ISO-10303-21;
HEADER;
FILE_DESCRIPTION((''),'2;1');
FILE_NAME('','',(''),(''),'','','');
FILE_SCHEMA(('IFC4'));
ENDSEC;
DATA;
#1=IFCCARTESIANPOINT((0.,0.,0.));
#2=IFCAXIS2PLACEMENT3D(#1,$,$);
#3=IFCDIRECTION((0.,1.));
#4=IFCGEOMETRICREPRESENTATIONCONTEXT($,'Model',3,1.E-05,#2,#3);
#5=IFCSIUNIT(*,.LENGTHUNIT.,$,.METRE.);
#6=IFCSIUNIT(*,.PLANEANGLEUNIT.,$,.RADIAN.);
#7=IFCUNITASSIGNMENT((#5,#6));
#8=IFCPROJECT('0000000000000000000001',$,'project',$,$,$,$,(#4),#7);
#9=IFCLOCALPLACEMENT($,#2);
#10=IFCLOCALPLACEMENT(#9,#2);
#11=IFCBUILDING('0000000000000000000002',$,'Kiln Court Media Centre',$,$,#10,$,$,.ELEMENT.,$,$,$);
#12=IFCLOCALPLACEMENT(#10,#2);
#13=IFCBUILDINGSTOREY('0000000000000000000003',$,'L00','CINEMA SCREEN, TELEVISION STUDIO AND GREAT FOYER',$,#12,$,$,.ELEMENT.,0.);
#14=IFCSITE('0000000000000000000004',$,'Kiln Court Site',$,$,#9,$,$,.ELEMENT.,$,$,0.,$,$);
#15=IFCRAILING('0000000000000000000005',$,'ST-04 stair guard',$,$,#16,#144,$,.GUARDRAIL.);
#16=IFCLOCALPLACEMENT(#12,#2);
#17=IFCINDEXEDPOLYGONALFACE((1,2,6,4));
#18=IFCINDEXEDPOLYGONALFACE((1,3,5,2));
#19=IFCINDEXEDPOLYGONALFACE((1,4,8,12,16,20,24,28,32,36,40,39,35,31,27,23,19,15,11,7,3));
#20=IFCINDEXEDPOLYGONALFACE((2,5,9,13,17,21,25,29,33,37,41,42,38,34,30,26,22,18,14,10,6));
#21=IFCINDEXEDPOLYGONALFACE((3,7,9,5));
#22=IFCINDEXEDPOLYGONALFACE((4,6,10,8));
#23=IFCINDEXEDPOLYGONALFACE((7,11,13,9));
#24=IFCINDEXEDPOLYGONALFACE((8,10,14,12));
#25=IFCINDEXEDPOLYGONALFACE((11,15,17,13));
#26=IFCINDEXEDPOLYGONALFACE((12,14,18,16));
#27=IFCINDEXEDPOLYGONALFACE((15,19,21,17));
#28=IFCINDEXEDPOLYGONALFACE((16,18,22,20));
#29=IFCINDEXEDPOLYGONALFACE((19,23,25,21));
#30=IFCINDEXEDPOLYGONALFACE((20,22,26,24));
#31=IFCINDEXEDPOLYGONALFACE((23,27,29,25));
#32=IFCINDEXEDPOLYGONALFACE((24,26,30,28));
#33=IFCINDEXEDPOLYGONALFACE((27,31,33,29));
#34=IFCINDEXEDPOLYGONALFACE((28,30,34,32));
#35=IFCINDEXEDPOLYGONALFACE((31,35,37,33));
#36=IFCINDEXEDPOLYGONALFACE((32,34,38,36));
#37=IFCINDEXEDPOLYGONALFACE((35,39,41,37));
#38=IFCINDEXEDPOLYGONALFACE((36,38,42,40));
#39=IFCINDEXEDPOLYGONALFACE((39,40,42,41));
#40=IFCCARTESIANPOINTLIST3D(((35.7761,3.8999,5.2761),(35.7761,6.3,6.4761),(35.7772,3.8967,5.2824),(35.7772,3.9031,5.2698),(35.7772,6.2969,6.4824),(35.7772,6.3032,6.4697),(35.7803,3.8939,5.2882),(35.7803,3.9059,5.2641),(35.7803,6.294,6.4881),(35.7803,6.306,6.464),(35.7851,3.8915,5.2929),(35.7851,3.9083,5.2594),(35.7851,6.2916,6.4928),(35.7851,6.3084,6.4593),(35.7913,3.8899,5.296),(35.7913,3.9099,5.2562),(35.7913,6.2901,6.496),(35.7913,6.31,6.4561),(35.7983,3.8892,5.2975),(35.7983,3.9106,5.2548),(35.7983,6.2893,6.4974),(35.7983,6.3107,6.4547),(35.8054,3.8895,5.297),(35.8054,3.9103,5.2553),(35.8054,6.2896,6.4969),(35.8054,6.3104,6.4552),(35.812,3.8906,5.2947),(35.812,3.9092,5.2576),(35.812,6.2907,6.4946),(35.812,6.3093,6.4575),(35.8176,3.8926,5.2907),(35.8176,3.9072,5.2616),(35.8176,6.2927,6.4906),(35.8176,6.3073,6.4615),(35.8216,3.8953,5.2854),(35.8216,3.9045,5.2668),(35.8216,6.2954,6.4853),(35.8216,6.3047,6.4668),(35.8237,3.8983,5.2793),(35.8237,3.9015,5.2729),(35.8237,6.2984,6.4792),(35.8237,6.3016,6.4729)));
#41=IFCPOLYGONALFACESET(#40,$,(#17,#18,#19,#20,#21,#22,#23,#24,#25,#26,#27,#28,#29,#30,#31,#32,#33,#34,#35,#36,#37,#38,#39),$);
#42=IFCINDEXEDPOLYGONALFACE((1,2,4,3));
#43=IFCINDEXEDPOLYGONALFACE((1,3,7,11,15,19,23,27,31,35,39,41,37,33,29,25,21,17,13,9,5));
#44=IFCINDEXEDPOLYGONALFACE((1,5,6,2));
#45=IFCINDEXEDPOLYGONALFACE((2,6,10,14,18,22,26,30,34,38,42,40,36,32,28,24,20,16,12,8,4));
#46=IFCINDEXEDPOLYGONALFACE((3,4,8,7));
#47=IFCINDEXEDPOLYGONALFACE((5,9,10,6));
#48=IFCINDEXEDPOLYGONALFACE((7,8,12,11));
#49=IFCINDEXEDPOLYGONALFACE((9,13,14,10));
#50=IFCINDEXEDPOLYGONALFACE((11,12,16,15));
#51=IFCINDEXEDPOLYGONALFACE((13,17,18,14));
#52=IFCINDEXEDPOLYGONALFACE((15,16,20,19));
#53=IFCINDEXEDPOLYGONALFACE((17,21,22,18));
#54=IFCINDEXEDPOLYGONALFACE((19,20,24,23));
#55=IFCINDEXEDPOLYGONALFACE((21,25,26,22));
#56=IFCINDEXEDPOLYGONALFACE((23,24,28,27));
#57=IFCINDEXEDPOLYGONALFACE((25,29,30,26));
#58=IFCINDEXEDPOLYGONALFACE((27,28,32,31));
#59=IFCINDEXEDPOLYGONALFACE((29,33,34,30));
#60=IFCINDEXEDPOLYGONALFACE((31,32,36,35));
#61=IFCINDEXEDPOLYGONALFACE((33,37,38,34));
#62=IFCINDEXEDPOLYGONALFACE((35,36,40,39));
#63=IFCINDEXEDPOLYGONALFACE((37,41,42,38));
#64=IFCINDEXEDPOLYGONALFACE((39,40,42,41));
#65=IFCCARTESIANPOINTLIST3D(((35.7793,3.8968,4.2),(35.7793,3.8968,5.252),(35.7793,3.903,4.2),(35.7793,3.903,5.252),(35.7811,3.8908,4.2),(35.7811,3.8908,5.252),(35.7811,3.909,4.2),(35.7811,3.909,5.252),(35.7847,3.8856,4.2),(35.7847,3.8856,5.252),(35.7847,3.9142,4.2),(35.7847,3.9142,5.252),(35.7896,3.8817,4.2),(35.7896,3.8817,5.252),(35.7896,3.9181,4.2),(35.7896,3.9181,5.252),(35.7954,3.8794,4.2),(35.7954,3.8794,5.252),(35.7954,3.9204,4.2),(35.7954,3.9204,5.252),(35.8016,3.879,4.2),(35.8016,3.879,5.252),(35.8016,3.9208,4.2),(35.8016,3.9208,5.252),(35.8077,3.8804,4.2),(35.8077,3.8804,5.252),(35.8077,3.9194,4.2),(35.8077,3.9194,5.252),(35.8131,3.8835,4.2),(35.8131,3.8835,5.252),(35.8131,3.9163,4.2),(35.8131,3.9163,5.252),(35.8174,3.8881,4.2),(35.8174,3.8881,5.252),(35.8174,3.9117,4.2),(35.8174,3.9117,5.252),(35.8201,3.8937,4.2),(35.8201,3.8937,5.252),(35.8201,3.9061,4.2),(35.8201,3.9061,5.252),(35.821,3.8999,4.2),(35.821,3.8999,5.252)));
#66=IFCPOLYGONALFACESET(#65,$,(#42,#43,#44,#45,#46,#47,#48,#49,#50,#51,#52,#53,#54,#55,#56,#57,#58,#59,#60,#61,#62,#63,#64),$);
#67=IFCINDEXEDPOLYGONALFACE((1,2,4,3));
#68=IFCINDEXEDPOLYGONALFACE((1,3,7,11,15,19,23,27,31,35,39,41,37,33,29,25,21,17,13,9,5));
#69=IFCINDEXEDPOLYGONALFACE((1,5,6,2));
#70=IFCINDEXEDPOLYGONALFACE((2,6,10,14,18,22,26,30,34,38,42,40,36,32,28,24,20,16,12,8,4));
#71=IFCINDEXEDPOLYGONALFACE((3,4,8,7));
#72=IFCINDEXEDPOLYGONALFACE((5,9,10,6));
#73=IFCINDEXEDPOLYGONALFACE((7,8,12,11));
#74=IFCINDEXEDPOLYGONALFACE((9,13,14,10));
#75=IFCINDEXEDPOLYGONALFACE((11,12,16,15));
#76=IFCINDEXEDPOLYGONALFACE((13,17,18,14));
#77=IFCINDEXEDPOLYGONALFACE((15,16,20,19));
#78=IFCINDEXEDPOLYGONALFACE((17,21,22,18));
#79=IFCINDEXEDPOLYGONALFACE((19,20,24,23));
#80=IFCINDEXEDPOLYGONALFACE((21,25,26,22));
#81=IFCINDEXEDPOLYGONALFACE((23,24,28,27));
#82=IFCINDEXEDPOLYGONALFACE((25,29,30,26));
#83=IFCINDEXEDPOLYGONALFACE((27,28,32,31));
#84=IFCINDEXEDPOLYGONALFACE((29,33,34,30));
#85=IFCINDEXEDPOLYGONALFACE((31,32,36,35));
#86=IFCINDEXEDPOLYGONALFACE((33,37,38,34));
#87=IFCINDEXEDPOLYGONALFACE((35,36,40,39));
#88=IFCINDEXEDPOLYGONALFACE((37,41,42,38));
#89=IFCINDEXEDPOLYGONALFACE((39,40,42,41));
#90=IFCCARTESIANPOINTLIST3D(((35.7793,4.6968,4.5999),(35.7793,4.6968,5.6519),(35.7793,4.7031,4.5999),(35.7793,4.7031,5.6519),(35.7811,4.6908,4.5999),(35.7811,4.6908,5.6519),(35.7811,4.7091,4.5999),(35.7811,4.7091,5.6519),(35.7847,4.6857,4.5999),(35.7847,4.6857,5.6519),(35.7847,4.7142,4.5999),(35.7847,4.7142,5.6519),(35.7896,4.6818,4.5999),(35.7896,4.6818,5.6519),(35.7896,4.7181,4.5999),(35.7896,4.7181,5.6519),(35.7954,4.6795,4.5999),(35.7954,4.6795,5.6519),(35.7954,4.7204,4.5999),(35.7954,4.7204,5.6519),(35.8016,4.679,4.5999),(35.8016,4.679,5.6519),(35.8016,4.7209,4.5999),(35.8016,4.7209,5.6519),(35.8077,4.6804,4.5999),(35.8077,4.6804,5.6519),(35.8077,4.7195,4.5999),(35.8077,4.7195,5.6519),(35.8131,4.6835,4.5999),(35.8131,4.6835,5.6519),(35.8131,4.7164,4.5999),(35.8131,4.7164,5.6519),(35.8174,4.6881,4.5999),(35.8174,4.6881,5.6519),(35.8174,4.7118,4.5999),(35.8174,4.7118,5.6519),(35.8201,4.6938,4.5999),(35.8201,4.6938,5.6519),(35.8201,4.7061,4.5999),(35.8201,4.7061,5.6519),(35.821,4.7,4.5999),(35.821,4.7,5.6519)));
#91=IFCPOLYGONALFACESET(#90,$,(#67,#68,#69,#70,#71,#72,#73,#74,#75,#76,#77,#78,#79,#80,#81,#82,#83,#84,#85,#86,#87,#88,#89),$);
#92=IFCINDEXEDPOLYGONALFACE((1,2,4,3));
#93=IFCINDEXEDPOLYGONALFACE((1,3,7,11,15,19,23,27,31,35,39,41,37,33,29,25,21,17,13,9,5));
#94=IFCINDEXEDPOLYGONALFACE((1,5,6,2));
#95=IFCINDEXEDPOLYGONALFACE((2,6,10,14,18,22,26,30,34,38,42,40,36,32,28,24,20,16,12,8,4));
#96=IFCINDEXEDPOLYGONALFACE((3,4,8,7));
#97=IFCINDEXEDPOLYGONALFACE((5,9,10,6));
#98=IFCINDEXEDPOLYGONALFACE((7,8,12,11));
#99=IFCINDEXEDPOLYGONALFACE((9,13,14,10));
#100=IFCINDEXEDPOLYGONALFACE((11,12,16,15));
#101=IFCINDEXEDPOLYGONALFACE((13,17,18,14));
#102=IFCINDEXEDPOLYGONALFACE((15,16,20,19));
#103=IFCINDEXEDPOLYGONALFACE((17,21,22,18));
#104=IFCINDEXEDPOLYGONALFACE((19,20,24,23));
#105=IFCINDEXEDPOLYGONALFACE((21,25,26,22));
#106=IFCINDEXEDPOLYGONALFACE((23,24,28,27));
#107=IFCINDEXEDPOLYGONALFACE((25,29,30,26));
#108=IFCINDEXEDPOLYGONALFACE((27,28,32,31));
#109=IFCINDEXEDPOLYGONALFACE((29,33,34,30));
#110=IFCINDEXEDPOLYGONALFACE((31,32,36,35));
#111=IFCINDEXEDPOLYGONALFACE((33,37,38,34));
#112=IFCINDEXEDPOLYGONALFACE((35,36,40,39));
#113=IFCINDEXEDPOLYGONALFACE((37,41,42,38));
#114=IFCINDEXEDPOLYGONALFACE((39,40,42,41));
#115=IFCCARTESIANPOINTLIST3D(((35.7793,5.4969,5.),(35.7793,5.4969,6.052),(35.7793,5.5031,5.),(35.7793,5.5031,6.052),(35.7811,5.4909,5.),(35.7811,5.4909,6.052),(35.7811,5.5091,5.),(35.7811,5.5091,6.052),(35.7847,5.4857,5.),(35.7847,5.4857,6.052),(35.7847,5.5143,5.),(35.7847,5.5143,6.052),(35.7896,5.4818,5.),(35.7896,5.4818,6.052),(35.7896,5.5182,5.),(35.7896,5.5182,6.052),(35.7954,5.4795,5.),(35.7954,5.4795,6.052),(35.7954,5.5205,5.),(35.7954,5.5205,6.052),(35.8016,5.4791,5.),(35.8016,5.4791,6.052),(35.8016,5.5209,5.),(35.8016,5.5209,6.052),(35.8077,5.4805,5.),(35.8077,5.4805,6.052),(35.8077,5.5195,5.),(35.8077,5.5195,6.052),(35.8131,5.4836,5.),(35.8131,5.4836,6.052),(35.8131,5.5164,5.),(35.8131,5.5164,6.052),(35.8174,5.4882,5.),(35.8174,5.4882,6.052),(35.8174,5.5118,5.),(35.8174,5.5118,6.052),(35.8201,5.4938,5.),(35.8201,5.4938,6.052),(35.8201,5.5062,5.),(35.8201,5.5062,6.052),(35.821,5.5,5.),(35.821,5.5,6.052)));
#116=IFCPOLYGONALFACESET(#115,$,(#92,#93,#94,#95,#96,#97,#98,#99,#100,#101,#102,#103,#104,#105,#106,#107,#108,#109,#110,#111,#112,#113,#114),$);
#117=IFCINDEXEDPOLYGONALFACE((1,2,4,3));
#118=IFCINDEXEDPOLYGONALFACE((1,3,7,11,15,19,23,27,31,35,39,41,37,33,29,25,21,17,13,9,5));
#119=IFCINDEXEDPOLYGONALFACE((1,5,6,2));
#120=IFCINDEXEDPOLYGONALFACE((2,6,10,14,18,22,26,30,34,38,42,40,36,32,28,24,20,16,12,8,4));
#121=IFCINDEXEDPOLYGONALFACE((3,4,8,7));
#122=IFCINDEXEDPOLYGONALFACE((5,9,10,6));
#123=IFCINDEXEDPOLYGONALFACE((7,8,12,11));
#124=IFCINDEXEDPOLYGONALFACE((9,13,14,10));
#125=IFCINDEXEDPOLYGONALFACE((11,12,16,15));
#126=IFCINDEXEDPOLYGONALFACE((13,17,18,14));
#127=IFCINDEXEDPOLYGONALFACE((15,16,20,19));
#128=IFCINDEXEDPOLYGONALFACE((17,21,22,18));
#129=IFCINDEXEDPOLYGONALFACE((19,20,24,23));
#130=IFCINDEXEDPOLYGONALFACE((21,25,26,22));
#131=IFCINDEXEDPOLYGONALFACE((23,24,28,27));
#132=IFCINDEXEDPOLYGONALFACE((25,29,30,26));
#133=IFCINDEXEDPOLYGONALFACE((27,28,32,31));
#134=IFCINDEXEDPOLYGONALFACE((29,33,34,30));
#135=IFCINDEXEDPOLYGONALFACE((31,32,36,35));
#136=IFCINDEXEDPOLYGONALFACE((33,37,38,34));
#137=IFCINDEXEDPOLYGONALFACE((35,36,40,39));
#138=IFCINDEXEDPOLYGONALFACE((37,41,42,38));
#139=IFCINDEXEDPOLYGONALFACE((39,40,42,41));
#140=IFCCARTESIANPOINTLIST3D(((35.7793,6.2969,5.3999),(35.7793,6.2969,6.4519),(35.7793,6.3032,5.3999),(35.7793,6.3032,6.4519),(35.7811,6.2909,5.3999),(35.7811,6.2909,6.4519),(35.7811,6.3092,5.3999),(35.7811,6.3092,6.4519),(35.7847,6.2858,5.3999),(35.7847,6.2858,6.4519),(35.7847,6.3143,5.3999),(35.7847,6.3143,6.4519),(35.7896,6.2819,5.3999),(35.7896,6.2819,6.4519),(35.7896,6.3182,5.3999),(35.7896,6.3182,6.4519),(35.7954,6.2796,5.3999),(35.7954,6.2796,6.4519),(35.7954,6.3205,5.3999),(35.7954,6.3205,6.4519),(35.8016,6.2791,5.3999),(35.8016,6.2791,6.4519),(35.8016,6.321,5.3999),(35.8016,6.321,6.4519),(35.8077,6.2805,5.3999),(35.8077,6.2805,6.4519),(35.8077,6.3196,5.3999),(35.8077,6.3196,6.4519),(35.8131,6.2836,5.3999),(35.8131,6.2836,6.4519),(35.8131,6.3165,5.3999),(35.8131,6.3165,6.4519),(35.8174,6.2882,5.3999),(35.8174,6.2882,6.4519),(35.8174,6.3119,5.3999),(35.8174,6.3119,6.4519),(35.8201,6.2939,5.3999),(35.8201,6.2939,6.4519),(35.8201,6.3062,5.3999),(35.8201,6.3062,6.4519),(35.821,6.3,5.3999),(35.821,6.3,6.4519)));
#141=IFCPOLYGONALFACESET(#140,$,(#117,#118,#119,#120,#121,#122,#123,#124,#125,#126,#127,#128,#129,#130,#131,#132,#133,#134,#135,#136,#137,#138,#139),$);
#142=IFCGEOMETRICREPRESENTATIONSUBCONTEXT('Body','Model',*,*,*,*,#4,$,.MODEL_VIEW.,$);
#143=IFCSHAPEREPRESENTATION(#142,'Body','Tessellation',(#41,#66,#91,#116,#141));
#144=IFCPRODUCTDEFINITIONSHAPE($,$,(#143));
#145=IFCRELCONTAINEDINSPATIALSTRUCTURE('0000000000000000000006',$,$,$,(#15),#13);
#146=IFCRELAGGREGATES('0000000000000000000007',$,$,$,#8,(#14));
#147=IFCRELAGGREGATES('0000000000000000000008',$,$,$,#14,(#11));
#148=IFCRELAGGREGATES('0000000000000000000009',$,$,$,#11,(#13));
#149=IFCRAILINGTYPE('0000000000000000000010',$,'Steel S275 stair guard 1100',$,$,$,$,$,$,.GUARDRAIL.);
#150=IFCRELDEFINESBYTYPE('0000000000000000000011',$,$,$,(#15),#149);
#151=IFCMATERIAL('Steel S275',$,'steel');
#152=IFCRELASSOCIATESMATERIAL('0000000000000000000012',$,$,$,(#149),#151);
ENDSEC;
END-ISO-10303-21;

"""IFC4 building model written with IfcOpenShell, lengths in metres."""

from ifc_helpers import new_model, si_unit, direction, frame, origin, origin_2d, place, context, subcontext, project, spatial, circle, extrude, material, type_object, element, save


model = new_model("IFC4")

# Units and contexts
model_context = context("Model", 3, precision=1e-05, world=origin(), true_north=direction((0.0, 1.0)))
body_context = subcontext(model_context, "Body", "Model", "MODEL_VIEW")
ifc_project = project(units=[si_unit("LENGTHUNIT", "METRE"), si_unit("PLANEANGLEUNIT", "RADIAN")], contexts=[model_context])

# Site, building, storey
site_placement = place(None, origin())
site = spatial("IfcSite", under=ifc_project, at=site_placement, Name="Kiln Court Site", CompositionType="ELEMENT", RefElevation=0.0)
building_placement = place(site_placement, origin())
building = spatial("IfcBuilding", under=site, at=building_placement, Name="Kiln Court Media Centre", CompositionType="ELEMENT")
storey_placement = place(building_placement, origin())
storey = spatial("IfcBuildingStorey", under=building, at=storey_placement, Name="L00", Description="CINEMA SCREEN, TELEVISION STUDIO AND GREAT FOYER", CompositionType="ELEMENT", Elevation=0.0)

# Railing
ifc_material_1 = material(Name="Steel S275", Category="steel")
railing_type_1 = type_object("IfcRailingType", Name="Steel S275 stair guard 1100", PredefinedType="GUARDRAIL", material=ifc_material_1)
railing_1_placement = place(storey_placement, frame((35.8, 3.8999, 4.2)))
element("IfcRailing", 1, at=railing_1_placement, inside=storey, type_object=railing_type_1, Name="ST-04 stair guard", PredefinedType="GUARDRAIL", context=body_context, shape_type="SweptSolid", body=[
    extrude(circle(Radius=0.0239, at=origin_2d()), frame((0.0, 0.0, 1.0762), z_axis=(0.0, 0.894445, 0.447177), x_axis=(-1.0, 0.0, 0.0)), (0.0, 0.0, 1.0), 2.6833),
    extrude(circle(Radius=0.021, at=origin_2d()), origin(), (0.0, 0.0, 1.0), 1.052),
    extrude(circle(Radius=0.021, at=origin_2d()), frame((0.0, 0.8, 0.3999)), (0.0, 0.0, 1.0), 1.052),
    extrude(circle(Radius=0.021, at=origin_2d()), frame((0.0, 1.6001, 0.8)), (0.0, 0.0, 1.0), 1.052),
    extrude(circle(Radius=0.021, at=origin_2d()), frame((0.0, 2.4001, 1.2)), (0.0, 0.0, 1.0), 1.052),
])

save(model, "model.ifc")
